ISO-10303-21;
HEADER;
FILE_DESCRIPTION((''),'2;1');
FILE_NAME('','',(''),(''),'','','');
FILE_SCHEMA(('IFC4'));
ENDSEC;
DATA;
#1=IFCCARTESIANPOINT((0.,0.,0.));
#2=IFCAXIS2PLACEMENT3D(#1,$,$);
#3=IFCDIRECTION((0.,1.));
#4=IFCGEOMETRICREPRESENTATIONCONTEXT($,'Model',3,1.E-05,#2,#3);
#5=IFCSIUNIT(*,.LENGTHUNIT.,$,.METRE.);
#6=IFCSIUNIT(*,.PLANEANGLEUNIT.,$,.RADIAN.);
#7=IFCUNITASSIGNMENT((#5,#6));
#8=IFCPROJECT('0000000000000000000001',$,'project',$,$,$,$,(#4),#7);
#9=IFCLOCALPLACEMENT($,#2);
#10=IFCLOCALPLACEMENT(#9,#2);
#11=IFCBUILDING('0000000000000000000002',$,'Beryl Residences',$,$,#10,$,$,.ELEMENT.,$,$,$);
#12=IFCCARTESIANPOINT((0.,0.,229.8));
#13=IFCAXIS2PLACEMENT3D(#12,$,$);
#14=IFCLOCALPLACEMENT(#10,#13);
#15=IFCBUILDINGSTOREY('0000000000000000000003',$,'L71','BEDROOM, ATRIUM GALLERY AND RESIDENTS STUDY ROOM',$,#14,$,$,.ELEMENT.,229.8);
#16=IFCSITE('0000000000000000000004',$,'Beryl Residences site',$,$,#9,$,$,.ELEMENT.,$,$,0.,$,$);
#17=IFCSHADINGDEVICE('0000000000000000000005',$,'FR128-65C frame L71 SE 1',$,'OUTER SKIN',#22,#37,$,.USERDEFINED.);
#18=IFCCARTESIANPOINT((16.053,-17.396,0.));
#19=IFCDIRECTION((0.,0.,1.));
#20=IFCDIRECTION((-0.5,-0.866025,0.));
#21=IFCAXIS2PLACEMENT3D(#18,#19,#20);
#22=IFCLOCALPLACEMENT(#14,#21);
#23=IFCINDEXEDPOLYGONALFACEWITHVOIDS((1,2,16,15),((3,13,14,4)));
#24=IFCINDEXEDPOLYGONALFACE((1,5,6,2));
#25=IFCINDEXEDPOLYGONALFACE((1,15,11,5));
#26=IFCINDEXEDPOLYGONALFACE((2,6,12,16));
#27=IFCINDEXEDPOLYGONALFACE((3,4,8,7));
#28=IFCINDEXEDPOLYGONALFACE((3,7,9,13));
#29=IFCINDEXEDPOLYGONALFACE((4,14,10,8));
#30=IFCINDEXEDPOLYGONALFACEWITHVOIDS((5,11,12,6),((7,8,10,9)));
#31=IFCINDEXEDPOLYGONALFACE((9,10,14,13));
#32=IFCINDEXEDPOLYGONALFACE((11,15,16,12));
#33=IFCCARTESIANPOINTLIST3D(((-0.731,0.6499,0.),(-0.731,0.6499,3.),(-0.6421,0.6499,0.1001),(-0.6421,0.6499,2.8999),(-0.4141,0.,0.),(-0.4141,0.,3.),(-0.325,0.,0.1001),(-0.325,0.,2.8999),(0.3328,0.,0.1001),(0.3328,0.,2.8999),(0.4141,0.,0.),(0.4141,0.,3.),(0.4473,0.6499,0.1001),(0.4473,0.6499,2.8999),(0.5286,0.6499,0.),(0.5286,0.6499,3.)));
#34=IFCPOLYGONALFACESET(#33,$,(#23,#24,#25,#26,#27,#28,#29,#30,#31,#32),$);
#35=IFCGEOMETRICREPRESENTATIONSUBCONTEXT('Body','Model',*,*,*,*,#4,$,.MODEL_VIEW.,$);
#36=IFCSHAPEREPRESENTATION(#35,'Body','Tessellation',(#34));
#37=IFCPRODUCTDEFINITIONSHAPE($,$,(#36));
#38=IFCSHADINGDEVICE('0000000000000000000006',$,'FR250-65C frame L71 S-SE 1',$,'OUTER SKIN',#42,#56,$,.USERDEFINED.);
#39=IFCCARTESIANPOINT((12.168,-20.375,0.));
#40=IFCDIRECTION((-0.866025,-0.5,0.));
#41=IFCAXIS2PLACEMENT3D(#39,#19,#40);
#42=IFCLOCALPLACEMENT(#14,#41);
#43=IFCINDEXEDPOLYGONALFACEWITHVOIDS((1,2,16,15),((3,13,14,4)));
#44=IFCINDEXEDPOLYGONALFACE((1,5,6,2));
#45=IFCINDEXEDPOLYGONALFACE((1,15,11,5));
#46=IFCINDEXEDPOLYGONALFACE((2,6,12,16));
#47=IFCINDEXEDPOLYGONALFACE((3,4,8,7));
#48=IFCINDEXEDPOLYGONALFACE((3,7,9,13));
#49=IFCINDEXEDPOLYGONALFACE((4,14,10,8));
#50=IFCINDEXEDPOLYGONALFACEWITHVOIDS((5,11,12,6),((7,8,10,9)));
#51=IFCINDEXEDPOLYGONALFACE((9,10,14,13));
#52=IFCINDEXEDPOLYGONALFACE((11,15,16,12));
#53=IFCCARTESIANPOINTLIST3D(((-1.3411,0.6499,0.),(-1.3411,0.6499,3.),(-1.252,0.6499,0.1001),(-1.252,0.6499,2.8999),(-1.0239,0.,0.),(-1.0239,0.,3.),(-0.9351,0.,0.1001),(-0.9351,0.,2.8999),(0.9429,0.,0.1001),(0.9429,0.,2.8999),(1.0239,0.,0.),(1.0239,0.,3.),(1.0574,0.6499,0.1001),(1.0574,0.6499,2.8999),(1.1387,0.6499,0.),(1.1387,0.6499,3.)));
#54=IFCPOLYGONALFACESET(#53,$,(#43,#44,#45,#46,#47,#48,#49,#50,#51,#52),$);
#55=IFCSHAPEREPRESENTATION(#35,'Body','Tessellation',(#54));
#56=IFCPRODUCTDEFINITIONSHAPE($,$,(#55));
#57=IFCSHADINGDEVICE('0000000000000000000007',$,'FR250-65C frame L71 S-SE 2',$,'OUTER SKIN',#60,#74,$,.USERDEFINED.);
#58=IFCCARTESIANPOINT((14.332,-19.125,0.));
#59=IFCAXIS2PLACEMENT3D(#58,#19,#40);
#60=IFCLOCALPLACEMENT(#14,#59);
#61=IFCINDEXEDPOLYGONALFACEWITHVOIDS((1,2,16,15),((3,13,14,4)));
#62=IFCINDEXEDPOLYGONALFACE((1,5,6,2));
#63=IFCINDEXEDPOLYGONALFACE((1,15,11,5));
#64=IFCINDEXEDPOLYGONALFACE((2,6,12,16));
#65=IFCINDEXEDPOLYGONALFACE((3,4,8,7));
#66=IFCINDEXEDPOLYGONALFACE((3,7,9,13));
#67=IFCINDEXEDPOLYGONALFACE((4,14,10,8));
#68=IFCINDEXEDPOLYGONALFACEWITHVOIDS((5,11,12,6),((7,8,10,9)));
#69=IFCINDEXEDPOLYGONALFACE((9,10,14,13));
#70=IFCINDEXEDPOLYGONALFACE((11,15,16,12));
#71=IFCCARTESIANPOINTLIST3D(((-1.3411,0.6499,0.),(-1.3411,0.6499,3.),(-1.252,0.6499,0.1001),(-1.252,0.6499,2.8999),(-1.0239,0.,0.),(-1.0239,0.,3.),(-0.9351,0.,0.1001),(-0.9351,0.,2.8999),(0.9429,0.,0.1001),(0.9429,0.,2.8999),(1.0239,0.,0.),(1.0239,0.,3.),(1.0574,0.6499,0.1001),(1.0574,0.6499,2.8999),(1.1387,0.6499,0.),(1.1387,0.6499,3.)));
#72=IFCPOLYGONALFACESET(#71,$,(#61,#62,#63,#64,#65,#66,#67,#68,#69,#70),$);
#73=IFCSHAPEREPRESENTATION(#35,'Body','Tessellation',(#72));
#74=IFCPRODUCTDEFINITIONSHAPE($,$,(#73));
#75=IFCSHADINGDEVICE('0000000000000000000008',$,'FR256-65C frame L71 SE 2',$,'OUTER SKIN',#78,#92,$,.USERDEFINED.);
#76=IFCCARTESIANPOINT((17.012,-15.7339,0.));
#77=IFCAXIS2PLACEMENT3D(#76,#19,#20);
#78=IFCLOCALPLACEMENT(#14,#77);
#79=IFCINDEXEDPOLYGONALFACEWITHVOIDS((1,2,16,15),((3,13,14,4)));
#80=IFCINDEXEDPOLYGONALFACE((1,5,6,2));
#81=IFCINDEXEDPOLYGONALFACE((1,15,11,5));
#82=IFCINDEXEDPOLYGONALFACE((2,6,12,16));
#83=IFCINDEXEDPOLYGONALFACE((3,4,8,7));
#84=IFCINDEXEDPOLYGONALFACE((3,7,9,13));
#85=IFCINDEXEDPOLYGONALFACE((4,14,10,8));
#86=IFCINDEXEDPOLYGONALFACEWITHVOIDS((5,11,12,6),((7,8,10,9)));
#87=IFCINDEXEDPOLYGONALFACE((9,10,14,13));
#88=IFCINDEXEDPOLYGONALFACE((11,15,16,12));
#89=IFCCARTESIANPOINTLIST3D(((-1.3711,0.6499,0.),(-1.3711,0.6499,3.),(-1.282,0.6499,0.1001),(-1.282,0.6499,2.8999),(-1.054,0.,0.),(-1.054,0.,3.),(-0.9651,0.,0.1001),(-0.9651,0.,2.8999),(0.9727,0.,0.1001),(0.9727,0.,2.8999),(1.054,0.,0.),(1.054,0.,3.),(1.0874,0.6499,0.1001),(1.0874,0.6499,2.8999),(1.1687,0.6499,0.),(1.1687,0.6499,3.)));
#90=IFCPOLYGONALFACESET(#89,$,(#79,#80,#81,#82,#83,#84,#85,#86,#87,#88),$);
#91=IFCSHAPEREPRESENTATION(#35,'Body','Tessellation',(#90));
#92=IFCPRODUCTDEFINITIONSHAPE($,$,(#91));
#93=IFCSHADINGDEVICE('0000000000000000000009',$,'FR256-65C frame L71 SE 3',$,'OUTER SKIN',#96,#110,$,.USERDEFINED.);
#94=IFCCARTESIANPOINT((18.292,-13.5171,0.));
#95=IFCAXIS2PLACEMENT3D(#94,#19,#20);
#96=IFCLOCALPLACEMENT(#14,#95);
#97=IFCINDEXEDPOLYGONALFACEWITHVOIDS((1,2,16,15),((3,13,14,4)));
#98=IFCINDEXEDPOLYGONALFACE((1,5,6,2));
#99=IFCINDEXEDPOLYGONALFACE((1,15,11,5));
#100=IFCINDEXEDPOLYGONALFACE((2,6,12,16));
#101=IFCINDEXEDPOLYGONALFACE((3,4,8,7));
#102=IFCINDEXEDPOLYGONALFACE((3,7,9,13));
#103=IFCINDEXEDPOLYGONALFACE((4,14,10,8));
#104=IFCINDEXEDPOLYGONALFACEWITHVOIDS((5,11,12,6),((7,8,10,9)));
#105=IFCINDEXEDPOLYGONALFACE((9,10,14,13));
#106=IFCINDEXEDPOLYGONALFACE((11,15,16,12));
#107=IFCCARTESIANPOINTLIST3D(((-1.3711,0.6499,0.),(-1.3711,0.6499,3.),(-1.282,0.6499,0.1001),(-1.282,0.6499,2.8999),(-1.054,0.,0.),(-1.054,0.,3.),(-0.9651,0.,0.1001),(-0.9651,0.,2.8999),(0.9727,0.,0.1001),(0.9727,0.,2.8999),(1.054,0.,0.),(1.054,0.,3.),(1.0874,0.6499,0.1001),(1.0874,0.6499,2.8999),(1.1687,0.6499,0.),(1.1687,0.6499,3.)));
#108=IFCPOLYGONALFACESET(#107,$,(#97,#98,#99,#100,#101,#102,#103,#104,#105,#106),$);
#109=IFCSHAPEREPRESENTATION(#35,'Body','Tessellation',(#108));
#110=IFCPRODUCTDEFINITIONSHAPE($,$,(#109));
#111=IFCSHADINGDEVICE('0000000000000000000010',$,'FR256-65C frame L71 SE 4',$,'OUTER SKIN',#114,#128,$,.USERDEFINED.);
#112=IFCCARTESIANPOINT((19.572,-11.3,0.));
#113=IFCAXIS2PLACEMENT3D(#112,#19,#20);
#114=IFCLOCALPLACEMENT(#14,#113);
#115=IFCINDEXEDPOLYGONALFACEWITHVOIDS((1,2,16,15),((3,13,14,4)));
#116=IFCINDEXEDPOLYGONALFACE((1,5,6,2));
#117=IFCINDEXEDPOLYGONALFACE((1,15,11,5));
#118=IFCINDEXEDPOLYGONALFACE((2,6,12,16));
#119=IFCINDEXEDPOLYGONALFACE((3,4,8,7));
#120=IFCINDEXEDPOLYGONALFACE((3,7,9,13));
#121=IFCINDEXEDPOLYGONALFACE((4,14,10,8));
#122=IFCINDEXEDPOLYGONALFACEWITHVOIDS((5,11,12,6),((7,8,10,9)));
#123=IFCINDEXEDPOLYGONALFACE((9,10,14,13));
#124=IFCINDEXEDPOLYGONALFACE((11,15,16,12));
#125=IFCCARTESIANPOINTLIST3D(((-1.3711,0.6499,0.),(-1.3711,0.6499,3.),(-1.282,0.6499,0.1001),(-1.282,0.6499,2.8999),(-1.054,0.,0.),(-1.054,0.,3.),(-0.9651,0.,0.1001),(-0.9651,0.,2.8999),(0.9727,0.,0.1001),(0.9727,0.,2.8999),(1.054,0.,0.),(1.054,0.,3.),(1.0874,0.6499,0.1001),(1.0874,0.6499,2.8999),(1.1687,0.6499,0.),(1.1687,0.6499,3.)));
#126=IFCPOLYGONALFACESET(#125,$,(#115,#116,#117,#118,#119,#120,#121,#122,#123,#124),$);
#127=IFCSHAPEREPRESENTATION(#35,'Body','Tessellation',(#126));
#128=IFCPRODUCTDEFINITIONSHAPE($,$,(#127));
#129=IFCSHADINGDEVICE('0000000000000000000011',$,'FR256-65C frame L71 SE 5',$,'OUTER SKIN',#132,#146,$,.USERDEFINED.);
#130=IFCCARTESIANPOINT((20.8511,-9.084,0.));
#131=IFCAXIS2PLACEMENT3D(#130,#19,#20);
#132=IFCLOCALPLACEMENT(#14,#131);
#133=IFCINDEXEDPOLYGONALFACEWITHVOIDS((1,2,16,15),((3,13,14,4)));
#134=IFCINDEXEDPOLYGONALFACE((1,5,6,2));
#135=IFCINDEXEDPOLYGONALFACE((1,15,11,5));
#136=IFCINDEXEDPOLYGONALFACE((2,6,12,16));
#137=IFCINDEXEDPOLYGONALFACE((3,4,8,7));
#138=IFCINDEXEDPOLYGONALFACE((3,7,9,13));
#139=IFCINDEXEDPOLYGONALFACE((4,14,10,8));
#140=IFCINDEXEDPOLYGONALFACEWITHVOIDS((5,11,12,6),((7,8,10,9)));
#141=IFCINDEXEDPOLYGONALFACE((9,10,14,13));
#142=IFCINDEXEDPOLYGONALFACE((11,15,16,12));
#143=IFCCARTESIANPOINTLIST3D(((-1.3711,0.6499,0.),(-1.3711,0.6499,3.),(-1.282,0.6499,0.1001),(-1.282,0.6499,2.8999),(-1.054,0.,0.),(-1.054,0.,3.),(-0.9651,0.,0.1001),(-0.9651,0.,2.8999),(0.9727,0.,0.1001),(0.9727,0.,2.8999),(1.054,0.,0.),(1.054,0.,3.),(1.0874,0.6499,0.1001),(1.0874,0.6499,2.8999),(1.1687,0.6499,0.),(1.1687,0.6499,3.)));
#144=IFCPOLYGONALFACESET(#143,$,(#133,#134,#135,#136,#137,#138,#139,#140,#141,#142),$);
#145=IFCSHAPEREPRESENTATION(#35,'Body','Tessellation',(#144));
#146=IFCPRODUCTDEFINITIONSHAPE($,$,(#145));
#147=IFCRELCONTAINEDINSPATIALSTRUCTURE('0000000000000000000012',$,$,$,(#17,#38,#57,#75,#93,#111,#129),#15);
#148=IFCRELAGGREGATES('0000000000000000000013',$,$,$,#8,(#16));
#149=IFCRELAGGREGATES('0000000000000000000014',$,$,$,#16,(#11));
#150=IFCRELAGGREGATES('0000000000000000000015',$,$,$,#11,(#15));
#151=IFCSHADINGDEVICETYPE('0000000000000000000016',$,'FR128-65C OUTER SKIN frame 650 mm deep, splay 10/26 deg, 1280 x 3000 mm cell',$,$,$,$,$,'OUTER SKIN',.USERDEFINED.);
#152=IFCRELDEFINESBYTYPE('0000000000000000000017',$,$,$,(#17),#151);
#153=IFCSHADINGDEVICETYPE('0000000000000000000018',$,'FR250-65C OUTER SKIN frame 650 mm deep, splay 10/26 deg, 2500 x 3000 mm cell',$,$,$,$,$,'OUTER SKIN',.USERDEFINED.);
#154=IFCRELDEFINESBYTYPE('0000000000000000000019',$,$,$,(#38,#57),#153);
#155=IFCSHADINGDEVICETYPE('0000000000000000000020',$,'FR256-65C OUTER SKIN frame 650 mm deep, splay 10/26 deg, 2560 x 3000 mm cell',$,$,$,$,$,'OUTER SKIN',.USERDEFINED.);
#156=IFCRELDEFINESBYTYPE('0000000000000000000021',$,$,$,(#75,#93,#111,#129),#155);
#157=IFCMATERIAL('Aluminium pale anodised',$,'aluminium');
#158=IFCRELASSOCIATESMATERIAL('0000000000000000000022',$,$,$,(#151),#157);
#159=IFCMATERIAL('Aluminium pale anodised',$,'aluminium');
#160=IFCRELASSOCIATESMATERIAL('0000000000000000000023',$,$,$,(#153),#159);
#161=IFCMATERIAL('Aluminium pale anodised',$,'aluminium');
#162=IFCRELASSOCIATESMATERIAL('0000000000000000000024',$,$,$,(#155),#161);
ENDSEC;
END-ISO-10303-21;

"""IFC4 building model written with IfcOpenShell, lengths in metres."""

from ifc_helpers import new_model, entity, si_unit, direction, frame, origin, place, context, subcontext, project, spatial, source, transform, mapped, material, type_object, type_shapes, element, save


model = new_model("IFC4")

# Units and contexts
model_context = context("Model", 3, precision=1e-05, world=origin(), true_north=direction((0.0, 1.0)))
body_context = subcontext(model_context, "Body", "Model", "MODEL_VIEW")
ifc_project = project(units=[si_unit("LENGTHUNIT", "METRE"), si_unit("PLANEANGLEUNIT", "RADIAN")], contexts=[model_context])

# Site, building, storey
site_placement = place(None, origin())
site = spatial("IfcSite", under=ifc_project, at=site_placement, Name="Beryl Residences site", CompositionType="ELEMENT", RefElevation=0.0)
building_placement = place(site_placement, origin())
building = spatial("IfcBuilding", under=site, at=building_placement, Name="Beryl Residences", CompositionType="ELEMENT")
storey_placement = place(building_placement, frame((0.0, 0.0, 229.8)))
storey = spatial("IfcBuildingStorey", under=building, at=storey_placement, Name="L71", Description="BEDROOM, ATRIUM GALLERY AND RESIDENTS STUDY ROOM", CompositionType="ELEMENT", Elevation=229.8)

# Shading devices
ifc_material_1 = material(Name="Aluminium pale anodised", Category="aluminium")
shading_device_type_1 = type_object("IfcShadingDeviceType", Name="FR128-65C OUTER SKIN frame 650 mm deep, splay 10/26 deg, 1280 x 3000 mm cell", ElementType="OUTER SKIN", PredefinedType="USERDEFINED", material=ifc_material_1)
cartesian_point_1 = entity("IfcCartesianPoint", [-0.4141, 0.0])
cartesian_point_2 = entity("IfcCartesianPoint", [-0.3328, 0.1001])
cartesian_point_3 = entity("IfcCartesianPoint", [-0.5286, 0.0])
cartesian_point_4 = entity("IfcCartesianPoint", [-0.4473, 0.1001])
shared_shape_1 = source(origin(), body_context, "Body", "SweptSolid", [
    entity("IfcExtrudedAreaSolidTapered", entity("IfcArbitraryProfileDefWithVoids", "AREA", None, entity("IfcPolyline", [cartesian_point_1, entity("IfcCartesianPoint", [0.4141, 0.0]), entity("IfcCartesianPoint", [0.4141, 3.0]), entity("IfcCartesianPoint", [-0.4141, 3.0]), cartesian_point_1]), [entity("IfcPolyline", [cartesian_point_2, entity("IfcCartesianPoint", [0.325, 0.1001]), entity("IfcCartesianPoint", [0.325, 2.8999]), entity("IfcCartesianPoint", [-0.3328, 2.8999]), cartesian_point_2])]), entity("IfcAxis2Placement3D", entity("IfcCartesianPoint", [0.0, 0.0, 0.0]), entity("IfcDirection", [0.0, 1.0, 0.0]), entity("IfcDirection", [-1.0, 0.0, 0.0])), entity("IfcDirection", [0.0, 0.0, 1.0]), 0.6499, entity("IfcArbitraryProfileDefWithVoids", "AREA", None, entity("IfcPolyline", [cartesian_point_3, entity("IfcCartesianPoint", [0.731, 0.0]), entity("IfcCartesianPoint", [0.731, 3.0]), entity("IfcCartesianPoint", [-0.5286, 3.0]), cartesian_point_3]), [entity("IfcPolyline", [cartesian_point_4, entity("IfcCartesianPoint", [0.6421, 0.1001]), entity("IfcCartesianPoint", [0.6421, 2.8999]), entity("IfcCartesianPoint", [-0.4473, 2.8999]), cartesian_point_4])])),
])
type_shapes(shading_device_type_1, [shared_shape_1])
shading_device_placement = place(storey_placement, frame((16.053, -17.396, 0.0), z_axis=(0.0, 0.0, 1.0), x_axis=(-0.5, -0.866025, 0.0)))
element("IfcShadingDevice", 1, at=shading_device_placement, inside=storey, type_object=shading_device_type_1, Name="FR128-65C frame L71 SE 1", ObjectType="OUTER SKIN", PredefinedType="USERDEFINED", context=body_context, shape_type="MappedRepresentation", body=[
    mapped(shared_shape_1, transform((0.0, 0.0, 0.0))),
])
ifc_material_2 = material(Name="Aluminium pale anodised", Category="aluminium")
shading_device_type_2 = type_object("IfcShadingDeviceType", Name="FR250-65C OUTER SKIN frame 650 mm deep, splay 10/26 deg, 2500 x 3000 mm cell", ElementType="OUTER SKIN", PredefinedType="USERDEFINED", material=ifc_material_2)
cartesian_point_5 = entity("IfcCartesianPoint", [-1.0239, 0.0])
cartesian_point_6 = entity("IfcCartesianPoint", [-0.9429, 0.1001])
cartesian_point_7 = entity("IfcCartesianPoint", [-1.1387, 0.0])
cartesian_point_8 = entity("IfcCartesianPoint", [-1.0574, 0.1001])
shared_shape_2 = source(origin(), body_context, "Body", "SweptSolid", [
    entity("IfcExtrudedAreaSolidTapered", entity("IfcArbitraryProfileDefWithVoids", "AREA", None, entity("IfcPolyline", [cartesian_point_5, entity("IfcCartesianPoint", [1.0239, 0.0]), entity("IfcCartesianPoint", [1.0239, 3.0]), entity("IfcCartesianPoint", [-1.0239, 3.0]), cartesian_point_5]), [entity("IfcPolyline", [cartesian_point_6, entity("IfcCartesianPoint", [0.9351, 0.1001]), entity("IfcCartesianPoint", [0.9351, 2.8999]), entity("IfcCartesianPoint", [-0.9429, 2.8999]), cartesian_point_6])]), entity("IfcAxis2Placement3D", entity("IfcCartesianPoint", [0.0, 0.0, 0.0]), entity("IfcDirection", [0.0, 1.0, 0.0]), entity("IfcDirection", [-1.0, 0.0, 0.0])), entity("IfcDirection", [0.0, 0.0, 1.0]), 0.6499, entity("IfcArbitraryProfileDefWithVoids", "AREA", None, entity("IfcPolyline", [cartesian_point_7, entity("IfcCartesianPoint", [1.3411, 0.0]), entity("IfcCartesianPoint", [1.3411, 3.0]), entity("IfcCartesianPoint", [-1.1387, 3.0]), cartesian_point_7]), [entity("IfcPolyline", [cartesian_point_8, entity("IfcCartesianPoint", [1.252, 0.1001]), entity("IfcCartesianPoint", [1.252, 2.8999]), entity("IfcCartesianPoint", [-1.0574, 2.8999]), cartesian_point_8])])),
])
type_shapes(shading_device_type_2, [shared_shape_2])
for number, where, z_axis, x_axis, name in (
    (2, (12.168, -20.375, 0.0), (0.0, 0.0, 1.0), (-0.866025, -0.5, 0.0), "FR250-65C frame L71 S-SE 1"),
    (3, (14.332, -19.125, 0.0), (0.0, 0.0, 1.0), (-0.866025, -0.5, 0.0), "FR250-65C frame L71 S-SE 2"),
):
    element("IfcShadingDevice", number, at=place(storey_placement, frame(where, z_axis=z_axis, x_axis=x_axis)), inside=storey, type_object=shading_device_type_2, Name=name, ObjectType="OUTER SKIN", PredefinedType="USERDEFINED", context=body_context, shape_type="MappedRepresentation", body=[
        mapped(shared_shape_2, transform((0.0, 0.0, 0.0))),
    ])
ifc_material_3 = material(Name="Aluminium pale anodised", Category="aluminium")
shading_device_type_3 = type_object("IfcShadingDeviceType", Name="FR256-65C OUTER SKIN frame 650 mm deep, splay 10/26 deg, 2560 x 3000 mm cell", ElementType="OUTER SKIN", PredefinedType="USERDEFINED", material=ifc_material_3)
cartesian_point_9 = entity("IfcCartesianPoint", [-1.054, 0.0])
cartesian_point_10 = entity("IfcCartesianPoint", [-0.9727, 0.1001])
cartesian_point_11 = entity("IfcCartesianPoint", [-1.1687, 0.0])
cartesian_point_12 = entity("IfcCartesianPoint", [-1.0874, 0.1001])
shared_shape_3 = source(origin(), body_context, "Body", "SweptSolid", [
    entity("IfcExtrudedAreaSolidTapered", entity("IfcArbitraryProfileDefWithVoids", "AREA", None, entity("IfcPolyline", [cartesian_point_9, entity("IfcCartesianPoint", [1.054, 0.0]), entity("IfcCartesianPoint", [1.054, 3.0]), entity("IfcCartesianPoint", [-1.054, 3.0]), cartesian_point_9]), [entity("IfcPolyline", [cartesian_point_10, entity("IfcCartesianPoint", [0.9651, 0.1001]), entity("IfcCartesianPoint", [0.9651, 2.8999]), entity("IfcCartesianPoint", [-0.9727, 2.8999]), cartesian_point_10])]), entity("IfcAxis2Placement3D", entity("IfcCartesianPoint", [0.0, 0.0, 0.0]), entity("IfcDirection", [0.0, 1.0, 0.0]), entity("IfcDirection", [-1.0, 0.0, 0.0])), entity("IfcDirection", [0.0, 0.0, 1.0]), 0.6499, entity("IfcArbitraryProfileDefWithVoids", "AREA", None, entity("IfcPolyline", [cartesian_point_11, entity("IfcCartesianPoint", [1.3711, 0.0]), entity("IfcCartesianPoint", [1.3711, 3.0]), entity("IfcCartesianPoint", [-1.1687, 3.0]), cartesian_point_11]), [entity("IfcPolyline", [cartesian_point_12, entity("IfcCartesianPoint", [1.282, 0.1001]), entity("IfcCartesianPoint", [1.282, 2.8999]), entity("IfcCartesianPoint", [-1.0874, 2.8999]), cartesian_point_12])])),
])
type_shapes(shading_device_type_3, [shared_shape_3])
for number, where, z_axis, x_axis, name in (
    (4, (17.012, -15.7339, 0.0), (0.0, 0.0, 1.0), (-0.5, -0.866025, 0.0), "FR256-65C frame L71 SE 2"),
    (5, (18.292, -13.5171, 0.0), (0.0, 0.0, 1.0), (-0.5, -0.866025, 0.0), "FR256-65C frame L71 SE 3"),
    (6, (19.572, -11.3, 0.0), (0.0, 0.0, 1.0), (-0.5, -0.866025, 0.0), "FR256-65C frame L71 SE 4"),
    (7, (20.8511, -9.084, 0.0), (0.0, 0.0, 1.0), (-0.5, -0.866025, 0.0), "FR256-65C frame L71 SE 5"),
):
    element("IfcShadingDevice", number, at=place(storey_placement, frame(where, z_axis=z_axis, x_axis=x_axis)), inside=storey, type_object=shading_device_type_3, Name=name, ObjectType="OUTER SKIN", PredefinedType="USERDEFINED", context=body_context, shape_type="MappedRepresentation", body=[
        mapped(shared_shape_3, transform((0.0, 0.0, 0.0))),
    ])

save(model, "model.ifc")
